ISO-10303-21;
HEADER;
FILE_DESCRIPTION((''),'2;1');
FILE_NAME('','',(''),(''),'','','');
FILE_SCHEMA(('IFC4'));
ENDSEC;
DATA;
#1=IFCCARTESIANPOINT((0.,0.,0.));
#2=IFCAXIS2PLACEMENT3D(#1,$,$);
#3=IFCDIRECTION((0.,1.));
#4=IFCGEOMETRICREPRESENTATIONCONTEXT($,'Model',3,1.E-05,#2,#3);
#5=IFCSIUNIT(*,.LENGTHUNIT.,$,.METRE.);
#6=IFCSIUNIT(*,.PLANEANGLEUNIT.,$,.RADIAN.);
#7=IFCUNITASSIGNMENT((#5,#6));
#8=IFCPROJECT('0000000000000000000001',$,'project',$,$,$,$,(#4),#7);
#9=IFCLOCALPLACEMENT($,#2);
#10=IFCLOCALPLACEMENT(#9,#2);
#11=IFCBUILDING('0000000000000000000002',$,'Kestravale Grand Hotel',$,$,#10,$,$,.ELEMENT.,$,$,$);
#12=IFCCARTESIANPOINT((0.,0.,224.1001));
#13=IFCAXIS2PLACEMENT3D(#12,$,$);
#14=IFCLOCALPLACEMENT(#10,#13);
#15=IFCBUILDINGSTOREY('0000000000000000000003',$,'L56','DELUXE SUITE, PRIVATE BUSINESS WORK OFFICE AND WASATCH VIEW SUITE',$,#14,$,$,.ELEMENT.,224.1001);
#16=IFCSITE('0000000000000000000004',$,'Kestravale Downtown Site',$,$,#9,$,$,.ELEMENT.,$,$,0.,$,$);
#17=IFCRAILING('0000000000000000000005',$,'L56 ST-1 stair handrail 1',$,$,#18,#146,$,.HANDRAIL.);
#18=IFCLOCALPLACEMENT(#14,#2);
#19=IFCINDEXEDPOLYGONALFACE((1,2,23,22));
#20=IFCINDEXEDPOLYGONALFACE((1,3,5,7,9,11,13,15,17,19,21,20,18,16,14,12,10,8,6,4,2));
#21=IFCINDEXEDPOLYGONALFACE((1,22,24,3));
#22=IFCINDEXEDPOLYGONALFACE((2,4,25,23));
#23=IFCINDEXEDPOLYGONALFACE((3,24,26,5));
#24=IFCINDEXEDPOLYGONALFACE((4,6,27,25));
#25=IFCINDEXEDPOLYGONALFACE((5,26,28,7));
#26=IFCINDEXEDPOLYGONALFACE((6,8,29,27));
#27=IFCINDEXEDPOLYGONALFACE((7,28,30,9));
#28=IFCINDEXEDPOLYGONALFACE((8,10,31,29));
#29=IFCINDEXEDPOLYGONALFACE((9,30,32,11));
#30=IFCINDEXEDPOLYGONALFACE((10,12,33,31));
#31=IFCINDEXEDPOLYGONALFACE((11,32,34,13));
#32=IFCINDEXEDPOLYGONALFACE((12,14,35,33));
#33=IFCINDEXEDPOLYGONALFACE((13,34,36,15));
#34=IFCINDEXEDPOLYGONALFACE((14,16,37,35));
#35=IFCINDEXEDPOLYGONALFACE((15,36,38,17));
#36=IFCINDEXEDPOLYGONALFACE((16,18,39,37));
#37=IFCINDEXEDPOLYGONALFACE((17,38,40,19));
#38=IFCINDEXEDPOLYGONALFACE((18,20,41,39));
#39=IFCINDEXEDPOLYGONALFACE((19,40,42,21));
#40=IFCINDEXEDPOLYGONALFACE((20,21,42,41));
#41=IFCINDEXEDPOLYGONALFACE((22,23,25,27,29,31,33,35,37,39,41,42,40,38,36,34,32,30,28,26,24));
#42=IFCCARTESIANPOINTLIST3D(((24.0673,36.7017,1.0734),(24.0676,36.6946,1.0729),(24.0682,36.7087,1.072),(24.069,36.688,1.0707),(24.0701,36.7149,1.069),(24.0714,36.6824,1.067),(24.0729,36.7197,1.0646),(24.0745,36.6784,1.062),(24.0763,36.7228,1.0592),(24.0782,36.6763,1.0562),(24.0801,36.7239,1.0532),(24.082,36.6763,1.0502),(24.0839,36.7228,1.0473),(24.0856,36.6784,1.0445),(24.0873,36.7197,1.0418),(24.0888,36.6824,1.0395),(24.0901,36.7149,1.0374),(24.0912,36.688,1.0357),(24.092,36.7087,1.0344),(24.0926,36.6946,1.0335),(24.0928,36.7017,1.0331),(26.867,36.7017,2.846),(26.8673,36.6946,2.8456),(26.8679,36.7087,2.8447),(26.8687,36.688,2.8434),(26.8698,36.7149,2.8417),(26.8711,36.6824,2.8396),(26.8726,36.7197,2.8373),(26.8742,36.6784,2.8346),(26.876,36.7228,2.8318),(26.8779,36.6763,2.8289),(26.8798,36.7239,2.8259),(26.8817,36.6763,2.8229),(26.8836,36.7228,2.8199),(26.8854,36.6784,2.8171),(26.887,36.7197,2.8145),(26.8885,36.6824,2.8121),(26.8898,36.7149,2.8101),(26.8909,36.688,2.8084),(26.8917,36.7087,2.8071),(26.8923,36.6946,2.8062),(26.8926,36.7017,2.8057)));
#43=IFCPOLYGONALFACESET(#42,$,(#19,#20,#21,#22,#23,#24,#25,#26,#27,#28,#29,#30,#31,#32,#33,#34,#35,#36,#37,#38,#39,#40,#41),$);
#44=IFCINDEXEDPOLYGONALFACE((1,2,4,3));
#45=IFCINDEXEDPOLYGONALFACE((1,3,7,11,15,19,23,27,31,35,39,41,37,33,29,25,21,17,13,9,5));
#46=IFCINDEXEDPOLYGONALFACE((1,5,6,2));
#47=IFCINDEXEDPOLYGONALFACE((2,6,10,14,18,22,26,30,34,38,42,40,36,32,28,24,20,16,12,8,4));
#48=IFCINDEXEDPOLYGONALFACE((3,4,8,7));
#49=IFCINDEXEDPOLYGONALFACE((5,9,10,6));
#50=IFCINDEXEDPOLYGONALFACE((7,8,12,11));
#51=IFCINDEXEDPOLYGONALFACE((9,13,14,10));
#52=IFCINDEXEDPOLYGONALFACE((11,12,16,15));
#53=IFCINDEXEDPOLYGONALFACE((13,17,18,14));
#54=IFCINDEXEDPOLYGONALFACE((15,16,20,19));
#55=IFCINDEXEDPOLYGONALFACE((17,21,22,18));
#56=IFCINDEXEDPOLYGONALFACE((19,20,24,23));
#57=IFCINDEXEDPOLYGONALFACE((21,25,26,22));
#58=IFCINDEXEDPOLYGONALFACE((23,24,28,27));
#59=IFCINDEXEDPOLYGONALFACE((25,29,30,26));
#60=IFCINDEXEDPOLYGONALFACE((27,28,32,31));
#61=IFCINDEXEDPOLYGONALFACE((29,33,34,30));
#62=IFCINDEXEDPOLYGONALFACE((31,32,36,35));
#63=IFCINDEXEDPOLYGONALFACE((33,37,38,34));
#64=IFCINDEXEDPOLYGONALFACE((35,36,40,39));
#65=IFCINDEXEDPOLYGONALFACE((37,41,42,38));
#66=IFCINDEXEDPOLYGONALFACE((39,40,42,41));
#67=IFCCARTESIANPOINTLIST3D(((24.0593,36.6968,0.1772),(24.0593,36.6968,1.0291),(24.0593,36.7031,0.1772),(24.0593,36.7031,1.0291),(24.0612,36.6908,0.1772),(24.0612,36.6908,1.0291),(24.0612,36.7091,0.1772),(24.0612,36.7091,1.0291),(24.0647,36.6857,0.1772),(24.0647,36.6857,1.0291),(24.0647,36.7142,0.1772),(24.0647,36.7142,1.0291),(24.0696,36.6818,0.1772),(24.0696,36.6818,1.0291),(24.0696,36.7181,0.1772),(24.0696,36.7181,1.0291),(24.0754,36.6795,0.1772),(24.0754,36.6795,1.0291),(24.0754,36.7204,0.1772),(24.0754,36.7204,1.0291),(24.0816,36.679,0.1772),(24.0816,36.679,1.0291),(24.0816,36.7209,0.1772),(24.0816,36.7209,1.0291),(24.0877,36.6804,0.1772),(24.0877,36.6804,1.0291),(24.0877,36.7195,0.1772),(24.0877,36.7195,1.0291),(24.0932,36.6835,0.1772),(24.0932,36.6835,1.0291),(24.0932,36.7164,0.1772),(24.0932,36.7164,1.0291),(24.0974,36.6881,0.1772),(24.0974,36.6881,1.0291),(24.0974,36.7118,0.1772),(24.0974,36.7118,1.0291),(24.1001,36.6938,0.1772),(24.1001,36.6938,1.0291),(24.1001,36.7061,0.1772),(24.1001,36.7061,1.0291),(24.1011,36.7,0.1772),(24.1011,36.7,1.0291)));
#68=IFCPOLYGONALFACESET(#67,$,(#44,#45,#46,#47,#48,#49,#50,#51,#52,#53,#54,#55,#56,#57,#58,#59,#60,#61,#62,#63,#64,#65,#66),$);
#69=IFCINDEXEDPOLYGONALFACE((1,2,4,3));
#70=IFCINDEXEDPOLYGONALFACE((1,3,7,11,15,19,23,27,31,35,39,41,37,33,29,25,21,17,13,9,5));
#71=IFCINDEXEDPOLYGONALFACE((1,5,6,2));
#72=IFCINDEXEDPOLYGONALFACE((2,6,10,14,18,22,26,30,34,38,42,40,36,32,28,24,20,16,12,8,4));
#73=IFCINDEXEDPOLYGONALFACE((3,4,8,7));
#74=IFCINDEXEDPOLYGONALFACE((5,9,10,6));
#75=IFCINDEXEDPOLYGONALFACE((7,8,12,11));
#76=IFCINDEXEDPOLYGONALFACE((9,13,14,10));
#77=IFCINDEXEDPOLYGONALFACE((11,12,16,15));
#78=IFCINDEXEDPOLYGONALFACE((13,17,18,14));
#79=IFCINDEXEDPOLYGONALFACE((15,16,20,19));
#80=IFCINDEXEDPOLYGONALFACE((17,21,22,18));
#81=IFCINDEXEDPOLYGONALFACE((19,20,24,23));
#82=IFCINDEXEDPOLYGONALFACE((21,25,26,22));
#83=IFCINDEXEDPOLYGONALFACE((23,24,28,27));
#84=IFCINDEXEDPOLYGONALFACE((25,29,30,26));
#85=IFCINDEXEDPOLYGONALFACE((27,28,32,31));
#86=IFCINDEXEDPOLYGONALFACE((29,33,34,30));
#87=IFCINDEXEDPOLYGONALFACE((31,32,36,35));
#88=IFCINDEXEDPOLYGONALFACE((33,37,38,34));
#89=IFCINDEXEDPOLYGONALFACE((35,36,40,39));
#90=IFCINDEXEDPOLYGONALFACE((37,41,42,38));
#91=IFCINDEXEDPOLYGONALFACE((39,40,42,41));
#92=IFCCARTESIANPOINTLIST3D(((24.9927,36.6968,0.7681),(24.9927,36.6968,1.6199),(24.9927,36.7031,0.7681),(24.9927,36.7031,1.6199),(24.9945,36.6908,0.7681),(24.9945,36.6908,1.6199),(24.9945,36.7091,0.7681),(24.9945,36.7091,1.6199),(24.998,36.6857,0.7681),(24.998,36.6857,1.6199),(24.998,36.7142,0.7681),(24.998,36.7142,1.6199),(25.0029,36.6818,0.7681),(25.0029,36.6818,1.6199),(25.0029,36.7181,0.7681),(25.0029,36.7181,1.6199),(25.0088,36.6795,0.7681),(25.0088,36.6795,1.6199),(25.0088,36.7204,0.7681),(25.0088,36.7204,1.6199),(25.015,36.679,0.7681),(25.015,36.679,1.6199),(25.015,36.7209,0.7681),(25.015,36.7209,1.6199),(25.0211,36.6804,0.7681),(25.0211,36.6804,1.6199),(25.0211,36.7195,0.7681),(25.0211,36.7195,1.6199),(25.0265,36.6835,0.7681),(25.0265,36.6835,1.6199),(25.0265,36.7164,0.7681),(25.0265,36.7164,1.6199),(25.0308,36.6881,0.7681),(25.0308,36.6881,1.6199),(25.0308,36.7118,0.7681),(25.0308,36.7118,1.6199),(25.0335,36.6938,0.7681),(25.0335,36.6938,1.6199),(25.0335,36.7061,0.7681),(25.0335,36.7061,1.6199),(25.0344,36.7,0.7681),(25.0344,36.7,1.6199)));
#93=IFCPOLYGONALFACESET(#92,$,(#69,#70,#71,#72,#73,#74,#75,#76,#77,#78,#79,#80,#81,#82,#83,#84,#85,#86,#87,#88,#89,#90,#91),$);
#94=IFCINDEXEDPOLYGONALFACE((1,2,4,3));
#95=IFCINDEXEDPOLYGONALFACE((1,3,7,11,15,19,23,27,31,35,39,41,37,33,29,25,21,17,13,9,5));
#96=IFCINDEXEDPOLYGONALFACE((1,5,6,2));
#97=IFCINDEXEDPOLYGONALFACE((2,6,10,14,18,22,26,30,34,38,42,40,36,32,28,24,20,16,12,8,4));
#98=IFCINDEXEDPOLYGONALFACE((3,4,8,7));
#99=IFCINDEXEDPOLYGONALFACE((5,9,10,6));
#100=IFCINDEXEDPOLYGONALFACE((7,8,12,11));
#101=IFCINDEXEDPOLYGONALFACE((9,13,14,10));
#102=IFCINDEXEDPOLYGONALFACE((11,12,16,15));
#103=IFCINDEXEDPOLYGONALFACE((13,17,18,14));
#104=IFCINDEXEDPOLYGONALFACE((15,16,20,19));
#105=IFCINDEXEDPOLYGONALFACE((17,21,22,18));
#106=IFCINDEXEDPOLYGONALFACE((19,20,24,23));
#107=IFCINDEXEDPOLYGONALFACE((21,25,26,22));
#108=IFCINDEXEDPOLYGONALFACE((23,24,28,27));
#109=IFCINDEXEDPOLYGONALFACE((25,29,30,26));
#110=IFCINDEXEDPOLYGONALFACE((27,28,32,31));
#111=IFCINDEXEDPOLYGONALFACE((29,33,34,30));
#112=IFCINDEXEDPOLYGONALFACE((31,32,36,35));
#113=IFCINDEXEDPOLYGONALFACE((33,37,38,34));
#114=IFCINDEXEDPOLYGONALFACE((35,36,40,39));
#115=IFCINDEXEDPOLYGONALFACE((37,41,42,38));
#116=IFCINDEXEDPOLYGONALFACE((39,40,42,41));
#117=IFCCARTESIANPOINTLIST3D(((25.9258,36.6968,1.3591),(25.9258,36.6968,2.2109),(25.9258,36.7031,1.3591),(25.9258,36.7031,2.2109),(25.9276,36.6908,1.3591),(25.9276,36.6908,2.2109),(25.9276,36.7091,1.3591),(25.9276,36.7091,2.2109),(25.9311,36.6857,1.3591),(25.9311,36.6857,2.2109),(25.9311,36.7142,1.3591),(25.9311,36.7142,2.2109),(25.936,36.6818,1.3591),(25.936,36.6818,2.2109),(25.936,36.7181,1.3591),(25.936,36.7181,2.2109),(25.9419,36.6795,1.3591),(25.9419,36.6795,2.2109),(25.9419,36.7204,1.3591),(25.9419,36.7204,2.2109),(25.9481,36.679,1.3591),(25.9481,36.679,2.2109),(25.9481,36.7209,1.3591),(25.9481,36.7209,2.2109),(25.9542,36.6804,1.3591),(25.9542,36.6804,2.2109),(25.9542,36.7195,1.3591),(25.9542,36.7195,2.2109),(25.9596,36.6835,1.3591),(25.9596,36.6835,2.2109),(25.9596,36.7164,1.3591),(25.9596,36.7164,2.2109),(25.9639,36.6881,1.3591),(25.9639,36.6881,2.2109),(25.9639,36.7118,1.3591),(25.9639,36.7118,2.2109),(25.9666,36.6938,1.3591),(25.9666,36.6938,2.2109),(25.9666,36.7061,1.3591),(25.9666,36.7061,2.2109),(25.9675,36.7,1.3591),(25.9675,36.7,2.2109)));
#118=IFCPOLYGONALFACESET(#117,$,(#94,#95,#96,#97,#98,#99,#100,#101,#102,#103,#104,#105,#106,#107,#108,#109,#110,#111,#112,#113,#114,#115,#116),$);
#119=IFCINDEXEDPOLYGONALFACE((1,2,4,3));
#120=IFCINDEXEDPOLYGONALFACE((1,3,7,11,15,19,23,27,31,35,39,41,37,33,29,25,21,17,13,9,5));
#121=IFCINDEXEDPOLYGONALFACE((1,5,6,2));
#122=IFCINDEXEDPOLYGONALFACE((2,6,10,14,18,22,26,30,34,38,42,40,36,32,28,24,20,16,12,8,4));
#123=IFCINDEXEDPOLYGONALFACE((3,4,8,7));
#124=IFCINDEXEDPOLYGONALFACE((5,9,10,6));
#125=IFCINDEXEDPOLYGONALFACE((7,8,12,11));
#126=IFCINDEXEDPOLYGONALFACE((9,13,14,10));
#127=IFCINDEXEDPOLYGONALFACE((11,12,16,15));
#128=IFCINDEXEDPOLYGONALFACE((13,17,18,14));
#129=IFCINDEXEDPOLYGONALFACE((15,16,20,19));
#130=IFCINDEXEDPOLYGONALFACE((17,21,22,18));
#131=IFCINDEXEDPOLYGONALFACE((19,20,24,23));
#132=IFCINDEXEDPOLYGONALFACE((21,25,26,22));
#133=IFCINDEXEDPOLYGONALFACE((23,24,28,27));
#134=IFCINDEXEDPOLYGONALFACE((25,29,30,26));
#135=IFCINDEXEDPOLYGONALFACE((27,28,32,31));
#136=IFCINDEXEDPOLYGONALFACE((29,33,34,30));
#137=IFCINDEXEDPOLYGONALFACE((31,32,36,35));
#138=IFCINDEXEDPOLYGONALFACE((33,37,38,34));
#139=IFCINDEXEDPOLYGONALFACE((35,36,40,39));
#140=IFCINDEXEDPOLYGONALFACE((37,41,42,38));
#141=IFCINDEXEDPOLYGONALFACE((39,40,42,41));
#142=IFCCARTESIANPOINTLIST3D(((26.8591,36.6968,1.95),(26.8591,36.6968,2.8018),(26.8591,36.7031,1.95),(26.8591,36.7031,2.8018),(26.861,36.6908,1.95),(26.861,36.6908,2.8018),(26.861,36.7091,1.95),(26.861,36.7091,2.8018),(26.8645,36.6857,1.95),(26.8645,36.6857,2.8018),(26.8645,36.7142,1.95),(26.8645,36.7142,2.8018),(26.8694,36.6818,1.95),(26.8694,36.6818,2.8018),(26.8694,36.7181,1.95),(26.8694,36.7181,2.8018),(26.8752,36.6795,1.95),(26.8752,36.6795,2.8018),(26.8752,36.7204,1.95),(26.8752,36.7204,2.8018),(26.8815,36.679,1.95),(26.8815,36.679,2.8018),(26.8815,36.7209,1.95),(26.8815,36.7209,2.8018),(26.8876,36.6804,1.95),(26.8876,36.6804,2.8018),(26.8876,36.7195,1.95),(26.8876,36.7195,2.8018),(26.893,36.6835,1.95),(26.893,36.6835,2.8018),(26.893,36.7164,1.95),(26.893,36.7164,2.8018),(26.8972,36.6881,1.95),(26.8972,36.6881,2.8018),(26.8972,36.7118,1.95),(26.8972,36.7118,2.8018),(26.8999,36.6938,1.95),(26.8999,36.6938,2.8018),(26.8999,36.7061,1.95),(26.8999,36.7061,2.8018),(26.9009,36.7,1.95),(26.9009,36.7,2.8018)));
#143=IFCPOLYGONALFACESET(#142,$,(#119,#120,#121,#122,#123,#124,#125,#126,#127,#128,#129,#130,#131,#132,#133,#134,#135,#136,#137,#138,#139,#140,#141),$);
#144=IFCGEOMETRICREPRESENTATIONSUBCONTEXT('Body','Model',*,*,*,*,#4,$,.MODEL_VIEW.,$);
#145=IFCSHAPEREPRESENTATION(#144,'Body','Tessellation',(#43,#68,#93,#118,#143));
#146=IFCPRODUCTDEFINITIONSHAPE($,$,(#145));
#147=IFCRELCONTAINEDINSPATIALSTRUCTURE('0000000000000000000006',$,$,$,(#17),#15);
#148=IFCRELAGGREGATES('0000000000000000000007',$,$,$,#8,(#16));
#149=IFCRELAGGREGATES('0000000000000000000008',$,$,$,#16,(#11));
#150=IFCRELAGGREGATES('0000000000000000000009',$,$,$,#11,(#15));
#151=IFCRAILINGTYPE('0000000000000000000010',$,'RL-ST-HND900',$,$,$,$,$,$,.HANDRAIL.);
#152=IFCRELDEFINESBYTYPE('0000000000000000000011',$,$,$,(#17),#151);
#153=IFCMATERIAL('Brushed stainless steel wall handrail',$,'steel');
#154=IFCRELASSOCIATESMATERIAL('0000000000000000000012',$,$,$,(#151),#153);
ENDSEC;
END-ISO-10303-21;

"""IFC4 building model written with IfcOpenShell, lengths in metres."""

from ifc_helpers import new_model, si_unit, direction, frame, origin, origin_2d, place, context, subcontext, project, spatial, circle, extrude, material, type_object, element, save


model = new_model("IFC4")

# Units and contexts
model_context = context("Model", 3, precision=1e-05, world=origin(), true_north=direction((0.0, 1.0)))
body_context = subcontext(model_context, "Body", "Model", "MODEL_VIEW")
ifc_project = project(units=[si_unit("LENGTHUNIT", "METRE"), si_unit("PLANEANGLEUNIT", "RADIAN")], contexts=[model_context])

# Site, building, storey
site_placement = place(None, origin())
site = spatial("IfcSite", under=ifc_project, at=site_placement, Name="Kestravale Downtown Site", CompositionType="ELEMENT", RefElevation=0.0)
building_placement = place(site_placement, origin())
building = spatial("IfcBuilding", under=site, at=building_placement, Name="Kestravale Grand Hotel", CompositionType="ELEMENT")
storey_placement = place(building_placement, frame((0.0, 0.0, 224.1001)))
storey = spatial("IfcBuildingStorey", under=building, at=storey_placement, Name="L56", Description="DELUXE SUITE, PRIVATE BUSINESS WORK OFFICE AND WASATCH VIEW SUITE", CompositionType="ELEMENT", Elevation=224.1001)

# Railing
ifc_material_1 = material(Name="Brushed stainless steel wall handrail", Category="steel")
railing_type_1 = type_object("IfcRailingType", Name="RL-ST-HND900", PredefinedType="HANDRAIL", material=ifc_material_1)
railing_1_placement = place(storey_placement, frame((24.0801, 36.7, 0.1772)))
element("IfcRailing", 1, at=railing_1_placement, inside=storey, type_object=railing_type_1, Name="L56 ST-1 stair handrail 1", PredefinedType="HANDRAIL", context=body_context, shape_type="SweptSolid", body=[
    extrude(circle(Radius=0.0239, at=origin_2d()), frame((0.0, 0.0, 0.876), z_axis=(0.844888, 0.0, 0.534943), x_axis=(0.0, 1.0, 0.0)), (0.0, 0.0, 1.0), 3.3137),
    extrude(circle(Radius=0.021, at=origin_2d()), origin(), (0.0, 0.0, 1.0), 0.8518),
    extrude(circle(Radius=0.021, at=origin_2d()), frame((0.9333, 0.0, 0.5908)), (0.0, 0.0, 1.0), 0.8518),
    extrude(circle(Radius=0.021, at=origin_2d()), frame((1.8665, 0.0, 1.1819)), (0.0, 0.0, 1.0), 0.8518),
    extrude(circle(Radius=0.021, at=origin_2d()), frame((2.7998, 0.0, 1.7727)), (0.0, 0.0, 1.0), 0.8518),
])

save(model, "model.ifc")
